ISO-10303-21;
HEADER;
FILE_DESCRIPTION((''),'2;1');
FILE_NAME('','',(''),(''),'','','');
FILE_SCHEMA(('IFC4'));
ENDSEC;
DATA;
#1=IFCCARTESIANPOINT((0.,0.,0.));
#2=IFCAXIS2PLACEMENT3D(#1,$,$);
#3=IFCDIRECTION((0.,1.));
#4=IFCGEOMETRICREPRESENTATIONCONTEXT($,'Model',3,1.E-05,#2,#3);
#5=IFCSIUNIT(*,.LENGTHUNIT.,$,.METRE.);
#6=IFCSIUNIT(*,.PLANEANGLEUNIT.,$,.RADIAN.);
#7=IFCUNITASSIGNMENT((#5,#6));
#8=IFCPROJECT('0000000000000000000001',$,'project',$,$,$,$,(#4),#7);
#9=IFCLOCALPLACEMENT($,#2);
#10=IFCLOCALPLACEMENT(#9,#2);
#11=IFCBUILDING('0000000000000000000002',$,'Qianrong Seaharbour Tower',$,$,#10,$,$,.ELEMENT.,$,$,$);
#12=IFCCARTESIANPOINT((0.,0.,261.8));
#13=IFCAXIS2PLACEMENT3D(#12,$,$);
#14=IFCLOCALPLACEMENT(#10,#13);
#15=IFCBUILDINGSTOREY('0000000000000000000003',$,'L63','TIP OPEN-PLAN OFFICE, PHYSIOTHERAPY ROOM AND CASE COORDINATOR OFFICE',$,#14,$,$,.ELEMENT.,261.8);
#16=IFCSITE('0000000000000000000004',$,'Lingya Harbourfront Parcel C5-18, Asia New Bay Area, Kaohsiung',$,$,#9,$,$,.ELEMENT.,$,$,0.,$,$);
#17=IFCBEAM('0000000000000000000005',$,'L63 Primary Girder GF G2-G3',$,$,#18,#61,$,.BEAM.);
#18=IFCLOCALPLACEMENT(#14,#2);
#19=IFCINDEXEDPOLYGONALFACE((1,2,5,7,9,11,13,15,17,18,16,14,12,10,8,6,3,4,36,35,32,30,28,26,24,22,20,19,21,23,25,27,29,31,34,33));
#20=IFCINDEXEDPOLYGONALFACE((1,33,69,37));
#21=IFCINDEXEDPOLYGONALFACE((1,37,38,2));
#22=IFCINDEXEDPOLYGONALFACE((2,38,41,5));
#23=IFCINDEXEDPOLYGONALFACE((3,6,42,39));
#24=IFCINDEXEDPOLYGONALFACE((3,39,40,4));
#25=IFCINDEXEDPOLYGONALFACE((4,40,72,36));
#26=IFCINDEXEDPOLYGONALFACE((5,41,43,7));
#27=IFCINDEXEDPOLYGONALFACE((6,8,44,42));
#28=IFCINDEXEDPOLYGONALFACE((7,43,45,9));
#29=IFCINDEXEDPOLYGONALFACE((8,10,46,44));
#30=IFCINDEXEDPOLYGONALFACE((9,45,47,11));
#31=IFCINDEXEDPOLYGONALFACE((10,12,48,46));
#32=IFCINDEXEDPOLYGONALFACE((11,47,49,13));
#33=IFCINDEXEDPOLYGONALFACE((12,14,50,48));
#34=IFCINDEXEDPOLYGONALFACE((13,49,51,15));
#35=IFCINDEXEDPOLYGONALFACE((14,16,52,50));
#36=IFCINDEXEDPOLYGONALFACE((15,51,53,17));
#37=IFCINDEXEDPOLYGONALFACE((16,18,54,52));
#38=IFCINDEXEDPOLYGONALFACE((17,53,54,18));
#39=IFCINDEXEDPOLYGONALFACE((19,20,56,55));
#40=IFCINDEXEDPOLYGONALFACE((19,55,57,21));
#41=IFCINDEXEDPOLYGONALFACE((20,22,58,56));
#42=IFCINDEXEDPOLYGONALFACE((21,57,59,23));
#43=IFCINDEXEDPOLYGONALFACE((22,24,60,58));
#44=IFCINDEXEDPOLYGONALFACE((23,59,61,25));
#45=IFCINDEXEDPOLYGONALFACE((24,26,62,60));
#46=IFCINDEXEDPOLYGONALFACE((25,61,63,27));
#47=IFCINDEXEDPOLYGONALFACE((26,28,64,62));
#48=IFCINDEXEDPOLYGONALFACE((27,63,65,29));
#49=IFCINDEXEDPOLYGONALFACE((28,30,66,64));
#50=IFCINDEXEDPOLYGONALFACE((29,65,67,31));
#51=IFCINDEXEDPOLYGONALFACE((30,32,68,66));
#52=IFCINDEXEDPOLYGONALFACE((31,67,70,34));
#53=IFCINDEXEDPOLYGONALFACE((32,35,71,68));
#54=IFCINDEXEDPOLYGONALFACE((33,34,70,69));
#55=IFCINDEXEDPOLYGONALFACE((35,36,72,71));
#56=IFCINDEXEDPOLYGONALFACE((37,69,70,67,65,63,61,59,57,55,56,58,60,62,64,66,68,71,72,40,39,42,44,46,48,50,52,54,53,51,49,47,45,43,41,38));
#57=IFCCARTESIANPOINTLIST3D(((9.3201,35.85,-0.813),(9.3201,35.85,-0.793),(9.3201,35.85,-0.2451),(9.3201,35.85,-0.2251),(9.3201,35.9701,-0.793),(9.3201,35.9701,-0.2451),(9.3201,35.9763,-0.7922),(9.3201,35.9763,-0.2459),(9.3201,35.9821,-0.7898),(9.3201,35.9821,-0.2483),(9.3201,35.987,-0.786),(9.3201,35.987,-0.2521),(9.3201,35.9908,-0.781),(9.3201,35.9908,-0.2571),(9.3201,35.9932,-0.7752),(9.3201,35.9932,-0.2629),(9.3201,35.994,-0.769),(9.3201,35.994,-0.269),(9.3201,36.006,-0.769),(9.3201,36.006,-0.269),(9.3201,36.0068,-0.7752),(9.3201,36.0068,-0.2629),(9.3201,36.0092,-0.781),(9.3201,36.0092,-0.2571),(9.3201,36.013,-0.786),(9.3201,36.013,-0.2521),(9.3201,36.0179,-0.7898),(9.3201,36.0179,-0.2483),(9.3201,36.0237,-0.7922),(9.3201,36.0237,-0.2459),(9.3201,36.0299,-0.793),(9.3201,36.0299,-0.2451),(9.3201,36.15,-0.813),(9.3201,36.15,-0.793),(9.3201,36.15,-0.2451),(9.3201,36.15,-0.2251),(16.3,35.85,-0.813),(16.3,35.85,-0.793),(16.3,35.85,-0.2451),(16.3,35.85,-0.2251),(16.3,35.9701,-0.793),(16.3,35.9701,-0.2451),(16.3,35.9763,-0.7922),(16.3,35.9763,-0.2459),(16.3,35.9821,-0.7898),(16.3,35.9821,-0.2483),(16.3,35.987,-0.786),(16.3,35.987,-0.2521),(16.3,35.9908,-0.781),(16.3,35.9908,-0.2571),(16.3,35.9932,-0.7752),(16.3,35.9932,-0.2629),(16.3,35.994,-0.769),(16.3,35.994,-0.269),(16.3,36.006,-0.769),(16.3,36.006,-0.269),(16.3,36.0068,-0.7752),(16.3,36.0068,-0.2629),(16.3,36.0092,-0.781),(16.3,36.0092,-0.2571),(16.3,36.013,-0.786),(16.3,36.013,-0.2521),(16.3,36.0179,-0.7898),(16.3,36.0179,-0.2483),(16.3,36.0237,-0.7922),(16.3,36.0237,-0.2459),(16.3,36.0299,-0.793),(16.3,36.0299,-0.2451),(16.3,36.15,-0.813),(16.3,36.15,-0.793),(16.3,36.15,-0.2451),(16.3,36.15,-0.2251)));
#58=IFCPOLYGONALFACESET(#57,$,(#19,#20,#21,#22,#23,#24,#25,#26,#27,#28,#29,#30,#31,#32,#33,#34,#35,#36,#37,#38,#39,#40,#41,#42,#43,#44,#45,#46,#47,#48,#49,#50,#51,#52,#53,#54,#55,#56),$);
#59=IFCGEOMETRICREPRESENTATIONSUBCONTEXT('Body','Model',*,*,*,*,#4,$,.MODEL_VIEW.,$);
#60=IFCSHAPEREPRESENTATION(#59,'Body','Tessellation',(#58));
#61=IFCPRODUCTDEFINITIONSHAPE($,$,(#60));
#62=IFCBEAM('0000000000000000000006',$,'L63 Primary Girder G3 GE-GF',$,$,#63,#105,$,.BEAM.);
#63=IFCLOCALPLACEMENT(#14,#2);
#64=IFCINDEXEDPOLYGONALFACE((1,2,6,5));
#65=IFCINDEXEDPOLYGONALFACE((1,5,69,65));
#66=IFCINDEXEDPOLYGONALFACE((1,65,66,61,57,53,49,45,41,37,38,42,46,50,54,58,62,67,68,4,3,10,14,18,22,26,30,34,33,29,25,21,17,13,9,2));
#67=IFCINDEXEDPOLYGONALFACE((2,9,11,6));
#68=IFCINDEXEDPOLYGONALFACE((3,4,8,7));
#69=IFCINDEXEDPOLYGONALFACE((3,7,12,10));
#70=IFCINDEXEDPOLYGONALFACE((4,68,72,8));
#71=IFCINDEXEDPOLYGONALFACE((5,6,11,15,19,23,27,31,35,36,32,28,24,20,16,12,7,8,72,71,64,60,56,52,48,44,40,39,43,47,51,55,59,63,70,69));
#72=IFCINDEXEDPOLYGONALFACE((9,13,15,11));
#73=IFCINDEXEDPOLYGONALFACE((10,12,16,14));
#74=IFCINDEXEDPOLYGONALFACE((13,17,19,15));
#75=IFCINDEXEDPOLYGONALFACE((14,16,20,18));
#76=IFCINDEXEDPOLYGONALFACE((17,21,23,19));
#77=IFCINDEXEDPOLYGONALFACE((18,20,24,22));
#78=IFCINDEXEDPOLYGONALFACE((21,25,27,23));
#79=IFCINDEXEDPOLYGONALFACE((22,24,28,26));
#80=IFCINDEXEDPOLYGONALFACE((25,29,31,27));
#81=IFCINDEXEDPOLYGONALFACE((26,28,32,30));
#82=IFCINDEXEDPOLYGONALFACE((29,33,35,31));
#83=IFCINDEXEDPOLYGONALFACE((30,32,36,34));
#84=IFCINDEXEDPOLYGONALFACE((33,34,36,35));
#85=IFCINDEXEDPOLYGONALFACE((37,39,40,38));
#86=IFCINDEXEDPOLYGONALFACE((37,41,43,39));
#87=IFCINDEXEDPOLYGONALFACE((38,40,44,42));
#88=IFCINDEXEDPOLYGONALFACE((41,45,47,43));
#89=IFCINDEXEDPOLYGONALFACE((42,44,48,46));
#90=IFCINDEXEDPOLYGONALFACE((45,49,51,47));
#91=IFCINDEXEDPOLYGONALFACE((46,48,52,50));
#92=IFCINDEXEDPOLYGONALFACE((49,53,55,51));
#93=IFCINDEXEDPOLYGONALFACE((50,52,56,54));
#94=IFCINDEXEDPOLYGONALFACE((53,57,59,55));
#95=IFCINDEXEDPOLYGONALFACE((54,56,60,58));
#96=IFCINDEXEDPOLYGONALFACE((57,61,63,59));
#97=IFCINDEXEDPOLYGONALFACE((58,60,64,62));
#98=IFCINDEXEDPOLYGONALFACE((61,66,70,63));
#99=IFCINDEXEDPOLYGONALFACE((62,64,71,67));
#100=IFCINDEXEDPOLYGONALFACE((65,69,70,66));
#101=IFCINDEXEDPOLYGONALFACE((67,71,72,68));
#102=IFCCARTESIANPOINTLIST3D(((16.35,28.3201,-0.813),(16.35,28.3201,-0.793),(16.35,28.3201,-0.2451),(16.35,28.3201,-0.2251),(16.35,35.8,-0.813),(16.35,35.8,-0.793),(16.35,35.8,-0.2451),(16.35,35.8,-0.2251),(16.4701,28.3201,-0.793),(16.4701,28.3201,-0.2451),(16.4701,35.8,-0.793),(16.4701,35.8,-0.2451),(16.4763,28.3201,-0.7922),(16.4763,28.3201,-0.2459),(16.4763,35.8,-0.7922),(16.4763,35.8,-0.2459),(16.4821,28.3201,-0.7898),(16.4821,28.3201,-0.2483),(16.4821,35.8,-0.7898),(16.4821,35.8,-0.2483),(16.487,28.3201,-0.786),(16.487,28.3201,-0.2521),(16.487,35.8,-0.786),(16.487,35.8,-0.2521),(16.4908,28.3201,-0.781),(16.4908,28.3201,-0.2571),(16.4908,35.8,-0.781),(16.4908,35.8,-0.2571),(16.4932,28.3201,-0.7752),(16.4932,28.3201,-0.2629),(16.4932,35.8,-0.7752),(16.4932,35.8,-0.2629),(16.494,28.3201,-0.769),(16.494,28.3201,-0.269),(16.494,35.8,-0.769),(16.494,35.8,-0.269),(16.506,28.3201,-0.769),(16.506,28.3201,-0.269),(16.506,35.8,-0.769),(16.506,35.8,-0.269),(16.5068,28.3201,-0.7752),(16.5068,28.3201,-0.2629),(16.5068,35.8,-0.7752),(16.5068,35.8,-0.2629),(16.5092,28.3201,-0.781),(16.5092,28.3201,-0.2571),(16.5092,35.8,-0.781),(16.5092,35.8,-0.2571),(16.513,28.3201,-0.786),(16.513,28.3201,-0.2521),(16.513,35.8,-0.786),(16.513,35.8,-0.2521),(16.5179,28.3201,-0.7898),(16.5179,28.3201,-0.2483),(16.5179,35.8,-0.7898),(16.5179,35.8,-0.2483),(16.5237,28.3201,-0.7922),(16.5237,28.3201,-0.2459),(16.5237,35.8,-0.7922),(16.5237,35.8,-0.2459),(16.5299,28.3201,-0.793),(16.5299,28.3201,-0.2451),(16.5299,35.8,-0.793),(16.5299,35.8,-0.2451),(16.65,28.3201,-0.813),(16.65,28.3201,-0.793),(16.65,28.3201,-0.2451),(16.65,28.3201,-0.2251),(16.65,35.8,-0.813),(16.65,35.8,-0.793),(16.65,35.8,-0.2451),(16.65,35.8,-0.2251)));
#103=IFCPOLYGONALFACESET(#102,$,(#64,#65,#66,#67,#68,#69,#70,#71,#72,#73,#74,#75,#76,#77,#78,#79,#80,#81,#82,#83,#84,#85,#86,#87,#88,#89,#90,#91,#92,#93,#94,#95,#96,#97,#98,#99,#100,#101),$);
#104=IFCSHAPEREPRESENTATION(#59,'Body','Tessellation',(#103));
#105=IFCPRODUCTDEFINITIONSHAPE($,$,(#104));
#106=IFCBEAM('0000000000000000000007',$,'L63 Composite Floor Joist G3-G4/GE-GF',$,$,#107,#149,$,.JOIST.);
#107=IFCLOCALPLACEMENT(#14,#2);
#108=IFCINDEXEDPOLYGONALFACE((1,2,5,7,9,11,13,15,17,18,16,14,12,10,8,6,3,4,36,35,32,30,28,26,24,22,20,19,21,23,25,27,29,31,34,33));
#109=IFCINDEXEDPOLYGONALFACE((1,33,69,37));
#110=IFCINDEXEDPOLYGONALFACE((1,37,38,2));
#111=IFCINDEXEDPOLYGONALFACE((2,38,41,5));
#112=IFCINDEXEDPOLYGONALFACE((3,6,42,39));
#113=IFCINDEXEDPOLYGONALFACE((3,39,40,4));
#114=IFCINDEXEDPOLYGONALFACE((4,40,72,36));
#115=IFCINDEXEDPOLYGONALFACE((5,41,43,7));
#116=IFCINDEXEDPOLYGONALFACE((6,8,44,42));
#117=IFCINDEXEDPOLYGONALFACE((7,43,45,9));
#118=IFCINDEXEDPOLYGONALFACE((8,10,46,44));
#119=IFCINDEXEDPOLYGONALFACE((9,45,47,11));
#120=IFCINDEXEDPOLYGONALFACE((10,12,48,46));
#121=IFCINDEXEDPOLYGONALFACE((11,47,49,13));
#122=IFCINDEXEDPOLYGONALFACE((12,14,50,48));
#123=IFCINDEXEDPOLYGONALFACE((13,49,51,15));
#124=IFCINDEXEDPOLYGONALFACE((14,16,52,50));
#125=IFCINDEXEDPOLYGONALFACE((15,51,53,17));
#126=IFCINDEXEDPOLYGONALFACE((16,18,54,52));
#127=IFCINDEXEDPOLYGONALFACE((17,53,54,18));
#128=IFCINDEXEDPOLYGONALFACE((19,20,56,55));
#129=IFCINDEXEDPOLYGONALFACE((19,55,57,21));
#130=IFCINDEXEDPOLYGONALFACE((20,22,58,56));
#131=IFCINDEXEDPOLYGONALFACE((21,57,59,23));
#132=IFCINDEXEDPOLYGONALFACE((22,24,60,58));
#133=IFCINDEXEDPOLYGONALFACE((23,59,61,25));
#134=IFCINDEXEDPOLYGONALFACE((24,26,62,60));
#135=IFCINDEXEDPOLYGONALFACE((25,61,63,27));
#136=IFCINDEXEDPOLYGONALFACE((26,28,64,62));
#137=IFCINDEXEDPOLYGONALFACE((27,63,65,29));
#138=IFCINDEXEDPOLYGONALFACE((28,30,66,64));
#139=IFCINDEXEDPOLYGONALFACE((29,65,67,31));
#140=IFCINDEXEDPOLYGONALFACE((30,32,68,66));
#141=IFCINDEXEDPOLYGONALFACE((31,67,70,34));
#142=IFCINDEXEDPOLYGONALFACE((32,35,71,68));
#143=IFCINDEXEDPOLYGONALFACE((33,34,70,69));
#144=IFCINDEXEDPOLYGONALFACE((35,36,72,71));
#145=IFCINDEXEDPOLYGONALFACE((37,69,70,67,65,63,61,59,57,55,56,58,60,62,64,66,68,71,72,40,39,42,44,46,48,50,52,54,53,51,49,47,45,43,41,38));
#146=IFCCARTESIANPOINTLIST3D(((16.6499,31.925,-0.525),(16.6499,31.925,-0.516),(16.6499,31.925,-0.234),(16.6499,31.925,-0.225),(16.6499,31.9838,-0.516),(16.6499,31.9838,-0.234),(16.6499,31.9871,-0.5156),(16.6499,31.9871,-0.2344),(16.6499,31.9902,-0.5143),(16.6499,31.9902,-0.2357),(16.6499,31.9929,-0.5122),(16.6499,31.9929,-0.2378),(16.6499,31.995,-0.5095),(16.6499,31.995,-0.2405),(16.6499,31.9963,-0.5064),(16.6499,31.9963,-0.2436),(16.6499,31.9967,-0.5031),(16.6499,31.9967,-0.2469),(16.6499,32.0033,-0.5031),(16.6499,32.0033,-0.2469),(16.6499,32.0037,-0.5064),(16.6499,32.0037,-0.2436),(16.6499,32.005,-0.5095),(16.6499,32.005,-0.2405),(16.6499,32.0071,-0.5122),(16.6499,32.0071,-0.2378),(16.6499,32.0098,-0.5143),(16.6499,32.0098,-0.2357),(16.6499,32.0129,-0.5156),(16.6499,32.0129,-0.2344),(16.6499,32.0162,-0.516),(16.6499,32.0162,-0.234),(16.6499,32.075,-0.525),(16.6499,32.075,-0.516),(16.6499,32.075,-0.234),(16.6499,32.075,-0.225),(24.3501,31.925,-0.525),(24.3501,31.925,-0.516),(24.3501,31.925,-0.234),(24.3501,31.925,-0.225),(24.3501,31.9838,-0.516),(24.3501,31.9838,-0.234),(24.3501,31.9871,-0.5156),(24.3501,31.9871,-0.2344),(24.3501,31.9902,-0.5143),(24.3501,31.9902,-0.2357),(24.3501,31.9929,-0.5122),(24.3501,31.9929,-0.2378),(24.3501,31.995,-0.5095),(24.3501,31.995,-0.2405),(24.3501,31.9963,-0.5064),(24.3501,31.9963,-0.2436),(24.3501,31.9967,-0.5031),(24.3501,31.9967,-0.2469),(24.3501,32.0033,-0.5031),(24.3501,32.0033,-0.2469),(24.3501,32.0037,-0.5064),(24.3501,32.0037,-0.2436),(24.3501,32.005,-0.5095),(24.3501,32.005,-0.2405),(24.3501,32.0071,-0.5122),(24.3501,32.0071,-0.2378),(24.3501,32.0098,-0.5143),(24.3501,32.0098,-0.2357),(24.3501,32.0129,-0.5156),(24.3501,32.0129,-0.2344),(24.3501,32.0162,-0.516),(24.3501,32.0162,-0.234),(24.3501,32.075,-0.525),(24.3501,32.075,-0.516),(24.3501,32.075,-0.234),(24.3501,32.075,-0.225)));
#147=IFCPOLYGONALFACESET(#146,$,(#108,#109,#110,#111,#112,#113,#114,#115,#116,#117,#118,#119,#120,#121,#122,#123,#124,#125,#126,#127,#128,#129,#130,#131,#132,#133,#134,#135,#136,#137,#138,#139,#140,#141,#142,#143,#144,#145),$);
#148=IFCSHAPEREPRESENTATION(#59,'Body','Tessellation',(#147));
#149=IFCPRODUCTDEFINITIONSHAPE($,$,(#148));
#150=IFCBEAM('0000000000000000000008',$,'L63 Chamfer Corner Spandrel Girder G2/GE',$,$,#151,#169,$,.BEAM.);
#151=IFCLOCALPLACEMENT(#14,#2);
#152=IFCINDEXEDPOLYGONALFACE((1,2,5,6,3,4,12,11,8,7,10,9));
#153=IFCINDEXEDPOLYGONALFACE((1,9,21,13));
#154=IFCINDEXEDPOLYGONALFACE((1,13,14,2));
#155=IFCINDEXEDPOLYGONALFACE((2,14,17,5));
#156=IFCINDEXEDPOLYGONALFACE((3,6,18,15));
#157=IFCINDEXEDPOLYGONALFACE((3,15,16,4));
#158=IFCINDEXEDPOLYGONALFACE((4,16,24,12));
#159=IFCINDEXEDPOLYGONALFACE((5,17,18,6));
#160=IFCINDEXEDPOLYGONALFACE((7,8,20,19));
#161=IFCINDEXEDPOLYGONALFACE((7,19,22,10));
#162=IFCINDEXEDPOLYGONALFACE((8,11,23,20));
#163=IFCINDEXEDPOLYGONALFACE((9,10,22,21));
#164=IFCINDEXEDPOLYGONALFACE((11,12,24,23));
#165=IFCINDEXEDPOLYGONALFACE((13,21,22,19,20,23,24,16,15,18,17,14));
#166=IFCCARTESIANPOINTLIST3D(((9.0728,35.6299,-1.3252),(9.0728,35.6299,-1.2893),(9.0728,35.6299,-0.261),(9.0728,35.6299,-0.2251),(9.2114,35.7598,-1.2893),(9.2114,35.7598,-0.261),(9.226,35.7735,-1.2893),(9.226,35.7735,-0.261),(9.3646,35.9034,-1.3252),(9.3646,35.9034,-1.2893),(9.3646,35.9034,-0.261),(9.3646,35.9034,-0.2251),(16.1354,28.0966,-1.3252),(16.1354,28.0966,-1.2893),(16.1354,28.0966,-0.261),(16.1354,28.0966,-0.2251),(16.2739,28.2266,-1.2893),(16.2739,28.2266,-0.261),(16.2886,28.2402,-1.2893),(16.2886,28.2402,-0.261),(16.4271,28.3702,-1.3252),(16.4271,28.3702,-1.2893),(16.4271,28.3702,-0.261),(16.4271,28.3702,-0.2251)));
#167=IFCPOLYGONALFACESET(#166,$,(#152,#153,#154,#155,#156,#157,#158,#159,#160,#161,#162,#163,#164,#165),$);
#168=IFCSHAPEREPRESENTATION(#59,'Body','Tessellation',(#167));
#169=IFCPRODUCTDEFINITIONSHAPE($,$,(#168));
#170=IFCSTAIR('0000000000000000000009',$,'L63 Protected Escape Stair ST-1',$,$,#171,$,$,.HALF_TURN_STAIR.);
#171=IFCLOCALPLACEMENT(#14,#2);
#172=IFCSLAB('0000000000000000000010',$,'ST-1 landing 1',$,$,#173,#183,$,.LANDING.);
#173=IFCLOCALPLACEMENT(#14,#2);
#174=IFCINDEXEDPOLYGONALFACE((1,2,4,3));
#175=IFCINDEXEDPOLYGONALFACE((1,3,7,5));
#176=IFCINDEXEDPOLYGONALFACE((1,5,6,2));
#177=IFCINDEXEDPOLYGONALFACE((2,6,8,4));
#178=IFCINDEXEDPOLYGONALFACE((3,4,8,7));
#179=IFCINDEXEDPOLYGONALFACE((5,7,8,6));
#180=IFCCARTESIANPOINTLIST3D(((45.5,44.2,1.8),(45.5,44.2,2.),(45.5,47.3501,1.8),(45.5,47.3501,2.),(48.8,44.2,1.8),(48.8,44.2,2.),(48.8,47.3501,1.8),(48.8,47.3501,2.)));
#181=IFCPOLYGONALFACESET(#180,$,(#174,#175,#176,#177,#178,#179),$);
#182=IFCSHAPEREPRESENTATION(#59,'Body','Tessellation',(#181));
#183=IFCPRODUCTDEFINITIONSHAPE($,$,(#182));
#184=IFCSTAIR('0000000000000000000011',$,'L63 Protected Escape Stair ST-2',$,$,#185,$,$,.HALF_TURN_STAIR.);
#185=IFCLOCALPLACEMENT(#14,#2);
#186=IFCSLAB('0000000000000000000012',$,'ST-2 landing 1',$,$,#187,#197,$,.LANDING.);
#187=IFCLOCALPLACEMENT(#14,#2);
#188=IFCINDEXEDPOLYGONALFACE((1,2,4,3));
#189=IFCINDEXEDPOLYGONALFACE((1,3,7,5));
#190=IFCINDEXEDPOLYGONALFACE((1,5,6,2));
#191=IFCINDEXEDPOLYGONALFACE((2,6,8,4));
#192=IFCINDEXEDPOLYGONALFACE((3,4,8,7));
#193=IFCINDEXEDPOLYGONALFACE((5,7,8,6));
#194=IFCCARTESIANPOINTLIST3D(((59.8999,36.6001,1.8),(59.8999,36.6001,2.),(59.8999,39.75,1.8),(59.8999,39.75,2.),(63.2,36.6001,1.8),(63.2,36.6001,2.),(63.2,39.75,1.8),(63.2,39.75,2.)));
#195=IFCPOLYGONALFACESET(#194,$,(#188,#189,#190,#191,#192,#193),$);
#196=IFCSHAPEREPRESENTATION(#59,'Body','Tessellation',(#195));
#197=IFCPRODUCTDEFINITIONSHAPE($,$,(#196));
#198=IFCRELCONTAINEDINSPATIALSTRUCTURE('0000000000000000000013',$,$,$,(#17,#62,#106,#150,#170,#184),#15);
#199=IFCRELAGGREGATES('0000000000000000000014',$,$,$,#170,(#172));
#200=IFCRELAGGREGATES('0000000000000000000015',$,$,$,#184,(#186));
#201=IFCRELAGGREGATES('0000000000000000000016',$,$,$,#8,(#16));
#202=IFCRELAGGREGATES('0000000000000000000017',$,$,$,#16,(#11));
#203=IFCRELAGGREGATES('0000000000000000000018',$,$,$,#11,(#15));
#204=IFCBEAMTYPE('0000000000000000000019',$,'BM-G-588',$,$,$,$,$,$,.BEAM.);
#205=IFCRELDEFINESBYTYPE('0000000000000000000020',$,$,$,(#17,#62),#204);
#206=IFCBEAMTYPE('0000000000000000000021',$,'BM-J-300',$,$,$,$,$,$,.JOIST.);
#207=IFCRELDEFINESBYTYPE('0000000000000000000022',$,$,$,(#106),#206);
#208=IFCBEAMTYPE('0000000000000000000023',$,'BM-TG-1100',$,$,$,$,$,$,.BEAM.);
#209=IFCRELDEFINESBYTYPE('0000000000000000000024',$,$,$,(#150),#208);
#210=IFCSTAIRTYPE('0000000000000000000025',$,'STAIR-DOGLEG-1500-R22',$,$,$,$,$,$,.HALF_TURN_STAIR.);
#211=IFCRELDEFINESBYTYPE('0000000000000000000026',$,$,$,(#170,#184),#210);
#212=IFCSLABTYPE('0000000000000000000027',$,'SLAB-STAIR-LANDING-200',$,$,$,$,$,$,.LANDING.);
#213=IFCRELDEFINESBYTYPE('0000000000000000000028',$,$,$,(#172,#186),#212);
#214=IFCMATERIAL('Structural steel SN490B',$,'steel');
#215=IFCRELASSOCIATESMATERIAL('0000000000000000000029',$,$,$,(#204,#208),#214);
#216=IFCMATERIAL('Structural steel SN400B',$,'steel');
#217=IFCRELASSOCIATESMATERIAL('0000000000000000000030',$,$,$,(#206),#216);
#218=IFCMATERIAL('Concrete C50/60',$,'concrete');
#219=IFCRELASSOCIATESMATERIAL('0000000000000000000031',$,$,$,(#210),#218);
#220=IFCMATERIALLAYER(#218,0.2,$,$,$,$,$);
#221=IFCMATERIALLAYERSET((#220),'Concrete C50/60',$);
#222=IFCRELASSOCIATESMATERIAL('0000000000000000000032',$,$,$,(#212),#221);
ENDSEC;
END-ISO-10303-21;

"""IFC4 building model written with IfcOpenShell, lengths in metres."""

from ifc_helpers import new_model, si_unit, direction, frame, origin, origin_2d, place, context, subcontext, project, spatial, polyline, i_section, outline, extrude, material, layer, layer_set, material_profile, profile_set, type_object, element, aggregate, save


model = new_model("IFC4")

# Units and contexts
model_context = context("Model", 3, precision=1e-05, world=origin(), true_north=direction((0.0, 1.0)))
body_context = subcontext(model_context, "Body", "Model", "MODEL_VIEW")
ifc_project = project(units=[si_unit("LENGTHUNIT", "METRE"), si_unit("PLANEANGLEUNIT", "RADIAN")], contexts=[model_context])

# Site, building, storey
site_placement = place(None, origin())
site = spatial("IfcSite", under=ifc_project, at=site_placement, Name="Lingya Harbourfront Parcel C5-18, Asia New Bay Area, Kaohsiung", CompositionType="ELEMENT", RefElevation=0.0)
building_placement = place(site_placement, origin())
building = spatial("IfcBuilding", under=site, at=building_placement, Name="Qianrong Seaharbour Tower", CompositionType="ELEMENT")
storey_placement = place(building_placement, frame((0.0, 0.0, 261.8)))
storey = spatial("IfcBuildingStorey", under=building, at=storey_placement, Name="L63", Description="TIP OPEN-PLAN OFFICE, PHYSIOTHERAPY ROOM AND CASE COORDINATOR OFFICE", CompositionType="ELEMENT", Elevation=261.8)

# Shared definitions
ifc_material_1 = material(Name="Structural steel SN490B", Category="steel")

# Beams
ifc_material_profile_1 = material_profile(ifc_material_1, i_section(OverallWidth=0.3, OverallDepth=0.5879, WebThickness=0.012, FlangeThickness=0.02, FilletRadius=0.0239, at=origin_2d()), Name="H588x300x12x20")
ifc_profile_set_1 = profile_set([ifc_material_profile_1], Name="Structural steel SN490B")
beam_type_1 = type_object("IfcBeamType", Name="BM-G-588", PredefinedType="BEAM", material=ifc_profile_set_1)
beam_1_placement = place(storey_placement, frame((9.3201, 36.0, -0.519), z_axis=(1.0, 0.0, 0.0), x_axis=(0.0, 1.0, 0.0)))
element("IfcBeam", 1, at=beam_1_placement, inside=storey, type_object=beam_type_1, Name="L63 Primary Girder GF G2-G3", PredefinedType="BEAM", context=body_context, shape_type="SweptSolid", body=[
    extrude(i_section(OverallWidth=0.3, OverallDepth=0.5879, WebThickness=0.012, FlangeThickness=0.02, FilletRadius=0.0239, at=origin_2d()), origin(), (0.0, 0.0, 1.0), 6.98),
])
beam_2_placement = place(storey_placement, frame((16.5, 28.3201, -0.519), z_axis=(0.0, 1.0, 0.0), x_axis=(-1.0, 0.0, 0.0)))
element("IfcBeam", 2, at=beam_2_placement, inside=storey, type_object=beam_type_1, Name="L63 Primary Girder G3 GE-GF", PredefinedType="BEAM", context=body_context, shape_type="SweptSolid", body=[
    extrude(i_section(OverallWidth=0.3, OverallDepth=0.5879, WebThickness=0.012, FlangeThickness=0.02, FilletRadius=0.0239, at=origin_2d()), origin(), (0.0, 0.0, 1.0), 7.48),
])
ifc_material_2 = material(Name="Structural steel SN400B", Category="steel")
ifc_material_profile_2 = material_profile(ifc_material_2, i_section(OverallWidth=0.1499, OverallDepth=0.3, WebThickness=0.0066, FlangeThickness=0.009, FilletRadius=0.0129, at=origin_2d()), Name="H300x150x6.5x9")
ifc_profile_set_2 = profile_set([ifc_material_profile_2], Name="Structural steel SN400B")
beam_type_2 = type_object("IfcBeamType", Name="BM-J-300", PredefinedType="JOIST", material=ifc_profile_set_2)
beam_3_placement = place(storey_placement, frame((16.6499, 32.0, -0.375), z_axis=(1.0, 0.0, 0.0), x_axis=(0.0, 1.0, 0.0)))
element("IfcBeam", 3, at=beam_3_placement, inside=storey, type_object=beam_type_2, Name="L63 Composite Floor Joist G3-G4/GE-GF", PredefinedType="JOIST", context=body_context, shape_type="SweptSolid", body=[
    extrude(i_section(OverallWidth=0.1499, OverallDepth=0.3, WebThickness=0.0066, FlangeThickness=0.009, FilletRadius=0.0129, at=origin_2d()), origin(), (0.0, 0.0, 1.0), 7.7002),
])
ifc_material_profile_3 = material_profile(ifc_material_1, i_section(OverallWidth=0.3999, OverallDepth=1.1001, WebThickness=0.02, FlangeThickness=0.0359, at=origin_2d()), Name="BH1100x400x20x36")
ifc_profile_set_3 = profile_set([ifc_material_profile_3], Name="Structural steel SN490B")
beam_type_3 = type_object("IfcBeamType", Name="BM-TG-1100", PredefinedType="BEAM", material=ifc_profile_set_3)
beam_4_placement = place(storey_placement, frame((16.2812, 28.2334, -0.7751), z_axis=(-0.683947, 0.729531, 0.0), x_axis=(-0.729531, -0.683947, 0.0)))
element("IfcBeam", 4, at=beam_4_placement, inside=storey, type_object=beam_type_3, Name="L63 Chamfer Corner Spandrel Girder G2/GE", PredefinedType="BEAM", context=body_context, shape_type="SweptSolid", body=[
    extrude(i_section(OverallWidth=0.3999, OverallDepth=1.1001, WebThickness=0.02, FlangeThickness=0.0359, at=origin_2d()), origin(), (0.0, 0.0, 1.0), 10.3262),
])

# Stairs, slabs
ifc_material_3 = material(Name="Concrete C50/60", Category="concrete")
stair_type = type_object("IfcStairType", Name="STAIR-DOGLEG-1500-R22", PredefinedType="HALF_TURN_STAIR", material=ifc_material_3)
stair_1_placement = place(storey_placement, origin())
stair_1 = element("IfcStair", 5, at=stair_1_placement, inside=storey, type_object=stair_type, Name="L63 Protected Escape Stair ST-1", PredefinedType="HALF_TURN_STAIR")
ifc_layer_1 = layer(ifc_material_3, 0.2)
ifc_layer_set_1 = layer_set([ifc_layer_1], Name="Concrete C50/60")
slab_type_1 = type_object("IfcSlabType", Name="SLAB-STAIR-LANDING-200", PredefinedType="LANDING", material=ifc_layer_set_1)
slab_1_placement = place(storey_placement, frame((0.0, 0.0, 1.8)))
slab_1 = element("IfcSlab", 6, at=slab_1_placement, type_object=slab_type_1, Name="ST-1 landing 1", PredefinedType="LANDING", context=body_context, shape_type="SweptSolid", body=[
    extrude(outline(polyline([(45.5, 44.2), (48.8, 44.2), (48.8, 47.3501), (45.5, 47.3501), (45.5, 44.2)])), origin(), (0.0, 0.0, 1.0), 0.2),
])
aggregate(stair_1, [slab_1])
stair_2_placement = place(storey_placement, origin())
stair_2 = element("IfcStair", 7, at=stair_2_placement, inside=storey, type_object=stair_type, Name="L63 Protected Escape Stair ST-2", PredefinedType="HALF_TURN_STAIR")
slab_2_placement = place(storey_placement, frame((0.0, 0.0, 1.8)))
slab_2 = element("IfcSlab", 8, at=slab_2_placement, type_object=slab_type_1, Name="ST-2 landing 1", PredefinedType="LANDING", context=body_context, shape_type="SweptSolid", body=[
    extrude(outline(polyline([(59.8999, 36.6001), (63.2, 36.6001), (63.2, 39.75), (59.8999, 39.75), (59.8999, 36.6001)])), origin(), (0.0, 0.0, 1.0), 0.2),
])
aggregate(stair_2, [slab_2])

save(model, "model.ifc")
